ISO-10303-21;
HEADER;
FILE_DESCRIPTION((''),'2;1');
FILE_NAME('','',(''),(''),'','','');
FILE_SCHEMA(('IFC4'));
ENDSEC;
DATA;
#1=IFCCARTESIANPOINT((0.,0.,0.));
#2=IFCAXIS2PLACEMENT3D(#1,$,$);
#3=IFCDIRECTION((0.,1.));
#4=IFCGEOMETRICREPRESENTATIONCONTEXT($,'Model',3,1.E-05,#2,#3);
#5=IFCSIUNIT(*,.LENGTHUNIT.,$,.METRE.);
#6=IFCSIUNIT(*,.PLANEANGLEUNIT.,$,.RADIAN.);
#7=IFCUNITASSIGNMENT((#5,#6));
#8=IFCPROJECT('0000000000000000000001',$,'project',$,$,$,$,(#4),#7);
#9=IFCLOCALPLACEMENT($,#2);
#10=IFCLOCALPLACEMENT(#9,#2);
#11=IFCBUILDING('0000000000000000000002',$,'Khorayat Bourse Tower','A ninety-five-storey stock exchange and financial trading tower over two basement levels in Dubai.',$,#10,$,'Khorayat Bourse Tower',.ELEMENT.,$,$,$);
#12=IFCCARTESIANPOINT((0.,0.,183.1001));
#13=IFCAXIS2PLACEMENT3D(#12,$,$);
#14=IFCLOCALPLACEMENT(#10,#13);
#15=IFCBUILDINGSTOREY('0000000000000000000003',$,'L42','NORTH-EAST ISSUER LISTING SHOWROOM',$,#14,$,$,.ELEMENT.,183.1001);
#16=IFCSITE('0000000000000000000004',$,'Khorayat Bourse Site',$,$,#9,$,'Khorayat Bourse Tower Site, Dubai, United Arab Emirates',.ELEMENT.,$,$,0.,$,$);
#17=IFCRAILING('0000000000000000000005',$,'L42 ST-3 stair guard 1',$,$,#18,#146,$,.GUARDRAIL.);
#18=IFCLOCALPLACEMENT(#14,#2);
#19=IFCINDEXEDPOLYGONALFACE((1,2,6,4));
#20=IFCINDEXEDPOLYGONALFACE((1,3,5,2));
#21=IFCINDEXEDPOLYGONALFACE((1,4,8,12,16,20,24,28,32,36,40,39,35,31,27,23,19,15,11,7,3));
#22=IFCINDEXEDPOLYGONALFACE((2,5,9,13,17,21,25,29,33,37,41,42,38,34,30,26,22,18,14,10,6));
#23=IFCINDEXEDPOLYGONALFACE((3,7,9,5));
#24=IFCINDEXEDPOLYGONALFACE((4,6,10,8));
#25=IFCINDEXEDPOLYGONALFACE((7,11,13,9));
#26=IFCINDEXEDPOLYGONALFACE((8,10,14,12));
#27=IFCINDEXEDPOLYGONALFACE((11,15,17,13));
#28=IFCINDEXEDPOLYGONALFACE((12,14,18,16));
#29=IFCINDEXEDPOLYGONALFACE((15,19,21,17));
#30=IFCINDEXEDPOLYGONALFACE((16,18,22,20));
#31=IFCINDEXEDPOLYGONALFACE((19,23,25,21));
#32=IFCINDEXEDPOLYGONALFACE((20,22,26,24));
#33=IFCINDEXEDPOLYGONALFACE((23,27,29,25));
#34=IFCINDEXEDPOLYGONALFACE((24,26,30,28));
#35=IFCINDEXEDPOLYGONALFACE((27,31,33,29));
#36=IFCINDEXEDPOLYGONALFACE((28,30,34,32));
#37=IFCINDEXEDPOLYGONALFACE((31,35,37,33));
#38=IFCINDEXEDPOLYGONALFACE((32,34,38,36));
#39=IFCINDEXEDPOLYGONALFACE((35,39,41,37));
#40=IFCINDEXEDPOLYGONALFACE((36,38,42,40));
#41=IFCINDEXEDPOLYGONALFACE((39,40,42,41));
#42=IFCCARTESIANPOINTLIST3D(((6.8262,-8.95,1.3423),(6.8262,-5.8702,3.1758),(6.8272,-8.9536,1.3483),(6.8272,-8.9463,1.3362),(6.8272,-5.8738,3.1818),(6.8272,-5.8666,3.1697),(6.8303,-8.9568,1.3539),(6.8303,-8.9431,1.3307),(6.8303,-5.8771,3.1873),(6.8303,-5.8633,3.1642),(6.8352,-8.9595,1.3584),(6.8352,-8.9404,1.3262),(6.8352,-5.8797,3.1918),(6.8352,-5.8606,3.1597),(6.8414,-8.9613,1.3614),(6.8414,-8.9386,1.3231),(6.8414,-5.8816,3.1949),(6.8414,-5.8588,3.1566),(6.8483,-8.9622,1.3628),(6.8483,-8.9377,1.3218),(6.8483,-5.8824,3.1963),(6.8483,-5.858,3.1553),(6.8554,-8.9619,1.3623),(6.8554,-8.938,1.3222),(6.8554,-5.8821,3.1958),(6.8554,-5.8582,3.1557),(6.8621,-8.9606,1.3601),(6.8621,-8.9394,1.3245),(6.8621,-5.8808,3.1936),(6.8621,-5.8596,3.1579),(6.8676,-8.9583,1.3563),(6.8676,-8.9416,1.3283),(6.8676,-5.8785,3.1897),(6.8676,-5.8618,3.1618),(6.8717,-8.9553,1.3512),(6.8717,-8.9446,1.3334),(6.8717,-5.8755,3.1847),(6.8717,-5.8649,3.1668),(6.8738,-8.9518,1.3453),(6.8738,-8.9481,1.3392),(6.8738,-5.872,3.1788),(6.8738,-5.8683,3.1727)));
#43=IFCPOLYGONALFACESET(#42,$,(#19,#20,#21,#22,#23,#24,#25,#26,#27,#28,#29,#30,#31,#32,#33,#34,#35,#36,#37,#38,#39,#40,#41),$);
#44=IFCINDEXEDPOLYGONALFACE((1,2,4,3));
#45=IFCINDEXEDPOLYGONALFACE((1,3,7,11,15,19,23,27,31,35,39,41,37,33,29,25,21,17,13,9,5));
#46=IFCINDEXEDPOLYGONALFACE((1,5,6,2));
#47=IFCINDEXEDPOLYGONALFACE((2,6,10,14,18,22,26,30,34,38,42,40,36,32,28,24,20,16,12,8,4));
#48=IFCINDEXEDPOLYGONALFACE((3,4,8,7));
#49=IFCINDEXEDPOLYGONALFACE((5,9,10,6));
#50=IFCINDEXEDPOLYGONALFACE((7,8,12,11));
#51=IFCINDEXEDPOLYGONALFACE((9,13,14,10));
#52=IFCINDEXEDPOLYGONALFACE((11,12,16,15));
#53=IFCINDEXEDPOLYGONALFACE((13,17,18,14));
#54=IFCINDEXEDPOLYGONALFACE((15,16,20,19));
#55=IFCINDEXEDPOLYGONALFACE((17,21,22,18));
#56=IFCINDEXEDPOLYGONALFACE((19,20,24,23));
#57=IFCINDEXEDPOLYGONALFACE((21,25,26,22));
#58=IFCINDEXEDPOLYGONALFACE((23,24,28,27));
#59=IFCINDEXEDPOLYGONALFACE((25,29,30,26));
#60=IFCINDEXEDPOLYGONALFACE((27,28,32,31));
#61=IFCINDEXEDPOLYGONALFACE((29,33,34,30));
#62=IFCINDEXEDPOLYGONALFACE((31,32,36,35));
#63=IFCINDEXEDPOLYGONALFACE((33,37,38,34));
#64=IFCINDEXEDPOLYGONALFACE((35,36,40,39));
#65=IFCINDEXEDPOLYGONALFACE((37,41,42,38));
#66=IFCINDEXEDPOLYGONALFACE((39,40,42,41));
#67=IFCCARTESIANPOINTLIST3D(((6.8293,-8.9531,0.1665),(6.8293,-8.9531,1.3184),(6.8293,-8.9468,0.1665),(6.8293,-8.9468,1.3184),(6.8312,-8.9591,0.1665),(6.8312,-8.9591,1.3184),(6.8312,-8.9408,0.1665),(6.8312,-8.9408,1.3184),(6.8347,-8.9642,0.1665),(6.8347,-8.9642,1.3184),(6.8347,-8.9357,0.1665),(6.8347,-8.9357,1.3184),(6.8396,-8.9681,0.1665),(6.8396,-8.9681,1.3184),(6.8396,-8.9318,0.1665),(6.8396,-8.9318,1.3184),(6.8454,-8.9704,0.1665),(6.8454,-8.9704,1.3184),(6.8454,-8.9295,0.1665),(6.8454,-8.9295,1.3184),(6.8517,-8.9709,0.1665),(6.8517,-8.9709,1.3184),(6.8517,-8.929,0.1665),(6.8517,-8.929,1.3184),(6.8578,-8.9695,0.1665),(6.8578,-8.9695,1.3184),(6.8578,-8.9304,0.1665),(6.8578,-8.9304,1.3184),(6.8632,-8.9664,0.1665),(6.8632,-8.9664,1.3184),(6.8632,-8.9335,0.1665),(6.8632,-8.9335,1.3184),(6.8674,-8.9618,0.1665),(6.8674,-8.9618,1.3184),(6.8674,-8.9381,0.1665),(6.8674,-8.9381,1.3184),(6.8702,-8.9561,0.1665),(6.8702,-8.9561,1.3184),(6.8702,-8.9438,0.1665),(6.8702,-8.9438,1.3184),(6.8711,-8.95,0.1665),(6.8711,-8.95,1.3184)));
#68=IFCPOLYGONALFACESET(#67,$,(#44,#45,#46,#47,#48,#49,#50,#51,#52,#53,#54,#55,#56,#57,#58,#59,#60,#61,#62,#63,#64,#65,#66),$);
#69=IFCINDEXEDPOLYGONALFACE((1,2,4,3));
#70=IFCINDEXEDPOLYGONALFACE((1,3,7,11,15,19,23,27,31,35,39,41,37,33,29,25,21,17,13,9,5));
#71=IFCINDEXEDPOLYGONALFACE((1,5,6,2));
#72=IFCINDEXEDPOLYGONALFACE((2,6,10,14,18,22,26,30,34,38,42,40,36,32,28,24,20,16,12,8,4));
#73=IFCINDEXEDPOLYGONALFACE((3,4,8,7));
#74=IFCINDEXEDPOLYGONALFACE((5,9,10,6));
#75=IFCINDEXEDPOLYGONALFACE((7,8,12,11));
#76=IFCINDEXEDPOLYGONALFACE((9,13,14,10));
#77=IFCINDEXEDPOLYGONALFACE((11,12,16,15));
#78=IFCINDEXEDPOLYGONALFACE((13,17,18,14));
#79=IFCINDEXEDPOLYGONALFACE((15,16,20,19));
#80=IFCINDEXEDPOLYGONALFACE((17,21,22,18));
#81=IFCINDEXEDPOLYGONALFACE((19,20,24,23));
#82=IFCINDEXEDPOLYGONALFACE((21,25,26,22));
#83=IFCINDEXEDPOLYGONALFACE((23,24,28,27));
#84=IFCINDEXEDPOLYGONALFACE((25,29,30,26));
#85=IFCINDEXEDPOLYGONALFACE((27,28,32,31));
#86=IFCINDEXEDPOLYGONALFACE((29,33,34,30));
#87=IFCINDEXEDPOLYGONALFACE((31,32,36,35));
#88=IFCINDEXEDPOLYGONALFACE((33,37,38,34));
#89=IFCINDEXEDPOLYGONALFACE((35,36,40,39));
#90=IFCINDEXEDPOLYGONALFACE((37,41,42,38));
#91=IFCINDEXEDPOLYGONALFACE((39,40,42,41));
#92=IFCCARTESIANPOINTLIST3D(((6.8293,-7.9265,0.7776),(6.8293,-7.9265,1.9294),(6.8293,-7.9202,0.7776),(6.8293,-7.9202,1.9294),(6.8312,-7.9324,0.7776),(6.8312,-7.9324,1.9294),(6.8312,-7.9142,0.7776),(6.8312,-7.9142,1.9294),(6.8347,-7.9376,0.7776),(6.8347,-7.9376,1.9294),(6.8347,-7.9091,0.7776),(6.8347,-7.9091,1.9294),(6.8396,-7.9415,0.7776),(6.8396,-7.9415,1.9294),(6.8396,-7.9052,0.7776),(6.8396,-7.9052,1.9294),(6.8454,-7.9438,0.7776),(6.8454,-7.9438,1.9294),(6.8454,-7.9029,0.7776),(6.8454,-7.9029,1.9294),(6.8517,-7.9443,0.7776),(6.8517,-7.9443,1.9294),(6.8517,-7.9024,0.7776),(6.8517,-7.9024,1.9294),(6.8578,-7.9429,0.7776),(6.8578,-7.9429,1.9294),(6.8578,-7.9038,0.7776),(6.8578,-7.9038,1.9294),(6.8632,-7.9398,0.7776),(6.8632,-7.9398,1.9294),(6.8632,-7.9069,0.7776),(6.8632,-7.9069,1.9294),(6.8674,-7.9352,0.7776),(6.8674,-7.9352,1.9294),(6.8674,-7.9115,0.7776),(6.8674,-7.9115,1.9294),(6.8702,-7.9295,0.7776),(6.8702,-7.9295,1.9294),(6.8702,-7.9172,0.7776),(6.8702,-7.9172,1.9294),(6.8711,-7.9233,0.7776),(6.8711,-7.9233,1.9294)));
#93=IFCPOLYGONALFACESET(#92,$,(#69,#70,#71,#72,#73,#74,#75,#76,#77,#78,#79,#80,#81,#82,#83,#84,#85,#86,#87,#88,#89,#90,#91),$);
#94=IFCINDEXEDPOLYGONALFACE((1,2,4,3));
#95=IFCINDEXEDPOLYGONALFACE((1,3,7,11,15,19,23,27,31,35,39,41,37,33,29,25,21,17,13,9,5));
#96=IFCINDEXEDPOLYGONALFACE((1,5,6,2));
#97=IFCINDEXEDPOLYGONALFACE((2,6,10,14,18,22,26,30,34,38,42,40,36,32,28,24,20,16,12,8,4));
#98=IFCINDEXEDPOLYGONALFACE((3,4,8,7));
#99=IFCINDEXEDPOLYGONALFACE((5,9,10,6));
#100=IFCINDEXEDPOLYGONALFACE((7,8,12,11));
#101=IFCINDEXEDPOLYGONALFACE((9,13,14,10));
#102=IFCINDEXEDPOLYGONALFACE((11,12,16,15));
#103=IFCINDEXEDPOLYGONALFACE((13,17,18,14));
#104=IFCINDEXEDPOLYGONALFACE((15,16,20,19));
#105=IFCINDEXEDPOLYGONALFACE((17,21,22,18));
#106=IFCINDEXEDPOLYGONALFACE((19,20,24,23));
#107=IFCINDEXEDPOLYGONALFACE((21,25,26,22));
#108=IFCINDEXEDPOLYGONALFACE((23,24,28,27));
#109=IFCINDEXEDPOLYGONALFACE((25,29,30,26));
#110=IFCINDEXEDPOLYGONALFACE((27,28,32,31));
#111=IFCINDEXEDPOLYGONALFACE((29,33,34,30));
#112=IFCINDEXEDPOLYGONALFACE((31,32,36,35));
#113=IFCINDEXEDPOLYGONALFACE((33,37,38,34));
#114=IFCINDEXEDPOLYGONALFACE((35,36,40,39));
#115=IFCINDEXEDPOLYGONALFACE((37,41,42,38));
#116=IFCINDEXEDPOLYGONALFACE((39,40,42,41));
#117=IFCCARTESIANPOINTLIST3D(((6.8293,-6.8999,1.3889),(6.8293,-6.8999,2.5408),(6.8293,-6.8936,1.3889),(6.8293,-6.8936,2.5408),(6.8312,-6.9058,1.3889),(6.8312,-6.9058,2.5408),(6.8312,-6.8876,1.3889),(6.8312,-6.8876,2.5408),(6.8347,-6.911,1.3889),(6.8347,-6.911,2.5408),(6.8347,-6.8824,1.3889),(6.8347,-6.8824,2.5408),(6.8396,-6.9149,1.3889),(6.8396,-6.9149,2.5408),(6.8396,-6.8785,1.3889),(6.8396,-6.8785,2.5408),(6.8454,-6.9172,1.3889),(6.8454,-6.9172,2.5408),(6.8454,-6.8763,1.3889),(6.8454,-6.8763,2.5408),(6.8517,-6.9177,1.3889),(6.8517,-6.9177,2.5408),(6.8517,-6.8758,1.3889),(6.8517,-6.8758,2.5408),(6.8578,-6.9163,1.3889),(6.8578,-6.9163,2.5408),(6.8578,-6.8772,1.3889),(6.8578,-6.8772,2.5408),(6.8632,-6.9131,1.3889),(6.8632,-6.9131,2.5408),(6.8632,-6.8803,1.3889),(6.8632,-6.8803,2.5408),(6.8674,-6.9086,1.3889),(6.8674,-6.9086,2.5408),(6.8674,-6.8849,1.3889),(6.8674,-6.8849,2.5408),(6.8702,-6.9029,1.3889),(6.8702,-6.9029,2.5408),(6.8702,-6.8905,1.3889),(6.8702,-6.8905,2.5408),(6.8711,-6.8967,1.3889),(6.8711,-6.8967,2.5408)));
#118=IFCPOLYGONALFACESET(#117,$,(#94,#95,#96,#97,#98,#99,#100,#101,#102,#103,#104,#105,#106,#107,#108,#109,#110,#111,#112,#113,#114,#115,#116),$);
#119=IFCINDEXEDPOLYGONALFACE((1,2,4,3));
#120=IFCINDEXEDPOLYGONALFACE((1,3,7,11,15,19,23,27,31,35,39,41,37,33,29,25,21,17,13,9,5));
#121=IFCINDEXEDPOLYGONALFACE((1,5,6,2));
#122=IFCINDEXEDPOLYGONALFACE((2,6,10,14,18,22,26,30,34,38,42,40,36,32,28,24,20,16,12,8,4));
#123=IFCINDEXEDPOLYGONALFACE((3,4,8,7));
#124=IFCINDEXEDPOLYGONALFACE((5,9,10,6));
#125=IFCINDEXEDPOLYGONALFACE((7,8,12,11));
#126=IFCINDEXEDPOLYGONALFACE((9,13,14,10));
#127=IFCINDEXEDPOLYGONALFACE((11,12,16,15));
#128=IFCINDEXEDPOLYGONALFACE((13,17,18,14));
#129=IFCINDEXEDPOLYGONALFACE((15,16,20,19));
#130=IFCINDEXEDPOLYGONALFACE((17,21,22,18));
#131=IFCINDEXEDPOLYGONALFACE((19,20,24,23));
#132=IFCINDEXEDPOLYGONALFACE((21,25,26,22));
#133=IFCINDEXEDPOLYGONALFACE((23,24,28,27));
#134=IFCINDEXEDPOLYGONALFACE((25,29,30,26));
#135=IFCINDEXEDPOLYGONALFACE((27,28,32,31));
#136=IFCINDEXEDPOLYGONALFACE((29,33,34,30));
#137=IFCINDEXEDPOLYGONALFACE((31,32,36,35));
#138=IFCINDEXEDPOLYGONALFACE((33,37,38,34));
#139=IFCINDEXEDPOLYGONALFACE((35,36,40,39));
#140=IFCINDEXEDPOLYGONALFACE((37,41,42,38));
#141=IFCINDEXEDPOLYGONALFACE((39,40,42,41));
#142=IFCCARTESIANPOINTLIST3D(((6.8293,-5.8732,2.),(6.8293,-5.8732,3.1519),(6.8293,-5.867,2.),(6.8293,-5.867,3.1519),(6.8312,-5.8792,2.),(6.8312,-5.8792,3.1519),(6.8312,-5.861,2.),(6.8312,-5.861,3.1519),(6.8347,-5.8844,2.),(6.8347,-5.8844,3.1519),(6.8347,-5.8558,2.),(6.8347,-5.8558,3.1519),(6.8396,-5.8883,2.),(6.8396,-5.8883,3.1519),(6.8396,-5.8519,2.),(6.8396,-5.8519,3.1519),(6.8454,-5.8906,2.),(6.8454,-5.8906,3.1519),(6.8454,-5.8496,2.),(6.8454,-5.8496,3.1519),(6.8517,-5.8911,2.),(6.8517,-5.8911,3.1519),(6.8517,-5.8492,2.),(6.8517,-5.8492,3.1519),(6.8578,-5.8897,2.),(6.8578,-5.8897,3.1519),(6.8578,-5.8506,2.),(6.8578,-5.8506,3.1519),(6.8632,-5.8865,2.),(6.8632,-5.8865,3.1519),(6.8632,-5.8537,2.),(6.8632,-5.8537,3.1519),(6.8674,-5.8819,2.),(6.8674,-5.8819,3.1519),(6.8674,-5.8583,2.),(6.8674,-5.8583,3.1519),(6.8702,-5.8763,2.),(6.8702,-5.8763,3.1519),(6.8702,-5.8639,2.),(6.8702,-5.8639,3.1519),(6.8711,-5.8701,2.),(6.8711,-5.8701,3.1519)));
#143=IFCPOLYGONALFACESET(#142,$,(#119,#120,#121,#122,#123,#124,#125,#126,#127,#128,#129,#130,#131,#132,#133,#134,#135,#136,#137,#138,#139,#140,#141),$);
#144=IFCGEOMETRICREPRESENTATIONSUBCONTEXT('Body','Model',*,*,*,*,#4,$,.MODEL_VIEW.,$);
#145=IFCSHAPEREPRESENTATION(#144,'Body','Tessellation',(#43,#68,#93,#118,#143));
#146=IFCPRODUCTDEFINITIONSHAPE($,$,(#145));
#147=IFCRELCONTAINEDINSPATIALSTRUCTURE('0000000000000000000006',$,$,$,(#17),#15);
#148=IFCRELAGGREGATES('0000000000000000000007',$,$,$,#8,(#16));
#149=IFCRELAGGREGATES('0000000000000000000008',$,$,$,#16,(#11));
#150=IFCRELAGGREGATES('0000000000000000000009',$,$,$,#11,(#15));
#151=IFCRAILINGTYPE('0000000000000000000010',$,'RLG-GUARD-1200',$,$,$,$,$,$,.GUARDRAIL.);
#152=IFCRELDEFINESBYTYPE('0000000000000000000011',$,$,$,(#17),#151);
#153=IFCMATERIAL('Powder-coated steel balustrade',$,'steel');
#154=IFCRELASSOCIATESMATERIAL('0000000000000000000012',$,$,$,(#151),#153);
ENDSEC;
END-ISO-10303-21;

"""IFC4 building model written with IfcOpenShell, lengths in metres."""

from ifc_helpers import new_model, si_unit, direction, frame, origin, origin_2d, place, context, subcontext, project, spatial, circle, extrude, source, transform, mapped, material, type_object, element, save


model = new_model("IFC4")

# Units and contexts
model_context = context("Model", 3, precision=1e-05, world=origin(), true_north=direction((0.0, 1.0)))
body_context = subcontext(model_context, "Body", "Model", "MODEL_VIEW")
ifc_project = project(units=[si_unit("LENGTHUNIT", "METRE"), si_unit("PLANEANGLEUNIT", "RADIAN")], contexts=[model_context])

# Site, building, storey
site_placement = place(None, origin())
site = spatial("IfcSite", under=ifc_project, at=site_placement, Name="Khorayat Bourse Site", LongName="Khorayat Bourse Tower Site, Dubai, United Arab Emirates", CompositionType="ELEMENT", RefElevation=0.0)
building_placement = place(site_placement, origin())
building = spatial("IfcBuilding", under=site, at=building_placement, Name="Khorayat Bourse Tower", Description="A ninety-five-storey stock exchange and financial trading tower over two basement levels in Dubai.", LongName="Khorayat Bourse Tower", CompositionType="ELEMENT")
storey_placement = place(building_placement, frame((0.0, 0.0, 183.1001)))
storey = spatial("IfcBuildingStorey", under=building, at=storey_placement, Name="L42", Description="NORTH-EAST ISSUER LISTING SHOWROOM", CompositionType="ELEMENT", Elevation=183.1001)

# Railing
ifc_material_1 = material(Name="Powder-coated steel balustrade", Category="steel")
railing_type_1 = type_object("IfcRailingType", Name="RLG-GUARD-1200", PredefinedType="GUARDRAIL", material=ifc_material_1)
shared_shape_1 = source(origin(), body_context, "Body", "SweptSolid", [
    extrude(circle(Radius=0.0239, at=origin_2d()), frame((0.0, 0.0, 1.1758), z_axis=(0.0, 0.859261, 0.511538), x_axis=(-1.0, 0.0, 0.0)), (0.0, 0.0, 1.0), 3.5842),
    extrude(circle(Radius=0.021, at=origin_2d()), origin(), (0.0, 0.0, 1.0), 1.1519),
    extrude(circle(Radius=0.021, at=origin_2d()), frame((0.0, 1.0266, 0.6111)), (0.0, 0.0, 1.0), 1.1519),
    extrude(circle(Radius=0.021, at=origin_2d()), frame((0.0, 2.0532, 1.2224)), (0.0, 0.0, 1.0), 1.1519),
    extrude(circle(Radius=0.021, at=origin_2d()), frame((0.0, 3.0798, 1.8335)), (0.0, 0.0, 1.0), 1.1519),
])
railing_1_placement = place(storey_placement, frame((6.8501, -8.95, 0.1665)))
element("IfcRailing", 1, at=railing_1_placement, inside=storey, type_object=railing_type_1, Name="L42 ST-3 stair guard 1", PredefinedType="GUARDRAIL", context=body_context, shape_type="MappedRepresentation", body=[
    mapped(shared_shape_1, transform((0.0, 0.0, 0.0), scale=1.0)),
])

save(model, "model.ifc")
